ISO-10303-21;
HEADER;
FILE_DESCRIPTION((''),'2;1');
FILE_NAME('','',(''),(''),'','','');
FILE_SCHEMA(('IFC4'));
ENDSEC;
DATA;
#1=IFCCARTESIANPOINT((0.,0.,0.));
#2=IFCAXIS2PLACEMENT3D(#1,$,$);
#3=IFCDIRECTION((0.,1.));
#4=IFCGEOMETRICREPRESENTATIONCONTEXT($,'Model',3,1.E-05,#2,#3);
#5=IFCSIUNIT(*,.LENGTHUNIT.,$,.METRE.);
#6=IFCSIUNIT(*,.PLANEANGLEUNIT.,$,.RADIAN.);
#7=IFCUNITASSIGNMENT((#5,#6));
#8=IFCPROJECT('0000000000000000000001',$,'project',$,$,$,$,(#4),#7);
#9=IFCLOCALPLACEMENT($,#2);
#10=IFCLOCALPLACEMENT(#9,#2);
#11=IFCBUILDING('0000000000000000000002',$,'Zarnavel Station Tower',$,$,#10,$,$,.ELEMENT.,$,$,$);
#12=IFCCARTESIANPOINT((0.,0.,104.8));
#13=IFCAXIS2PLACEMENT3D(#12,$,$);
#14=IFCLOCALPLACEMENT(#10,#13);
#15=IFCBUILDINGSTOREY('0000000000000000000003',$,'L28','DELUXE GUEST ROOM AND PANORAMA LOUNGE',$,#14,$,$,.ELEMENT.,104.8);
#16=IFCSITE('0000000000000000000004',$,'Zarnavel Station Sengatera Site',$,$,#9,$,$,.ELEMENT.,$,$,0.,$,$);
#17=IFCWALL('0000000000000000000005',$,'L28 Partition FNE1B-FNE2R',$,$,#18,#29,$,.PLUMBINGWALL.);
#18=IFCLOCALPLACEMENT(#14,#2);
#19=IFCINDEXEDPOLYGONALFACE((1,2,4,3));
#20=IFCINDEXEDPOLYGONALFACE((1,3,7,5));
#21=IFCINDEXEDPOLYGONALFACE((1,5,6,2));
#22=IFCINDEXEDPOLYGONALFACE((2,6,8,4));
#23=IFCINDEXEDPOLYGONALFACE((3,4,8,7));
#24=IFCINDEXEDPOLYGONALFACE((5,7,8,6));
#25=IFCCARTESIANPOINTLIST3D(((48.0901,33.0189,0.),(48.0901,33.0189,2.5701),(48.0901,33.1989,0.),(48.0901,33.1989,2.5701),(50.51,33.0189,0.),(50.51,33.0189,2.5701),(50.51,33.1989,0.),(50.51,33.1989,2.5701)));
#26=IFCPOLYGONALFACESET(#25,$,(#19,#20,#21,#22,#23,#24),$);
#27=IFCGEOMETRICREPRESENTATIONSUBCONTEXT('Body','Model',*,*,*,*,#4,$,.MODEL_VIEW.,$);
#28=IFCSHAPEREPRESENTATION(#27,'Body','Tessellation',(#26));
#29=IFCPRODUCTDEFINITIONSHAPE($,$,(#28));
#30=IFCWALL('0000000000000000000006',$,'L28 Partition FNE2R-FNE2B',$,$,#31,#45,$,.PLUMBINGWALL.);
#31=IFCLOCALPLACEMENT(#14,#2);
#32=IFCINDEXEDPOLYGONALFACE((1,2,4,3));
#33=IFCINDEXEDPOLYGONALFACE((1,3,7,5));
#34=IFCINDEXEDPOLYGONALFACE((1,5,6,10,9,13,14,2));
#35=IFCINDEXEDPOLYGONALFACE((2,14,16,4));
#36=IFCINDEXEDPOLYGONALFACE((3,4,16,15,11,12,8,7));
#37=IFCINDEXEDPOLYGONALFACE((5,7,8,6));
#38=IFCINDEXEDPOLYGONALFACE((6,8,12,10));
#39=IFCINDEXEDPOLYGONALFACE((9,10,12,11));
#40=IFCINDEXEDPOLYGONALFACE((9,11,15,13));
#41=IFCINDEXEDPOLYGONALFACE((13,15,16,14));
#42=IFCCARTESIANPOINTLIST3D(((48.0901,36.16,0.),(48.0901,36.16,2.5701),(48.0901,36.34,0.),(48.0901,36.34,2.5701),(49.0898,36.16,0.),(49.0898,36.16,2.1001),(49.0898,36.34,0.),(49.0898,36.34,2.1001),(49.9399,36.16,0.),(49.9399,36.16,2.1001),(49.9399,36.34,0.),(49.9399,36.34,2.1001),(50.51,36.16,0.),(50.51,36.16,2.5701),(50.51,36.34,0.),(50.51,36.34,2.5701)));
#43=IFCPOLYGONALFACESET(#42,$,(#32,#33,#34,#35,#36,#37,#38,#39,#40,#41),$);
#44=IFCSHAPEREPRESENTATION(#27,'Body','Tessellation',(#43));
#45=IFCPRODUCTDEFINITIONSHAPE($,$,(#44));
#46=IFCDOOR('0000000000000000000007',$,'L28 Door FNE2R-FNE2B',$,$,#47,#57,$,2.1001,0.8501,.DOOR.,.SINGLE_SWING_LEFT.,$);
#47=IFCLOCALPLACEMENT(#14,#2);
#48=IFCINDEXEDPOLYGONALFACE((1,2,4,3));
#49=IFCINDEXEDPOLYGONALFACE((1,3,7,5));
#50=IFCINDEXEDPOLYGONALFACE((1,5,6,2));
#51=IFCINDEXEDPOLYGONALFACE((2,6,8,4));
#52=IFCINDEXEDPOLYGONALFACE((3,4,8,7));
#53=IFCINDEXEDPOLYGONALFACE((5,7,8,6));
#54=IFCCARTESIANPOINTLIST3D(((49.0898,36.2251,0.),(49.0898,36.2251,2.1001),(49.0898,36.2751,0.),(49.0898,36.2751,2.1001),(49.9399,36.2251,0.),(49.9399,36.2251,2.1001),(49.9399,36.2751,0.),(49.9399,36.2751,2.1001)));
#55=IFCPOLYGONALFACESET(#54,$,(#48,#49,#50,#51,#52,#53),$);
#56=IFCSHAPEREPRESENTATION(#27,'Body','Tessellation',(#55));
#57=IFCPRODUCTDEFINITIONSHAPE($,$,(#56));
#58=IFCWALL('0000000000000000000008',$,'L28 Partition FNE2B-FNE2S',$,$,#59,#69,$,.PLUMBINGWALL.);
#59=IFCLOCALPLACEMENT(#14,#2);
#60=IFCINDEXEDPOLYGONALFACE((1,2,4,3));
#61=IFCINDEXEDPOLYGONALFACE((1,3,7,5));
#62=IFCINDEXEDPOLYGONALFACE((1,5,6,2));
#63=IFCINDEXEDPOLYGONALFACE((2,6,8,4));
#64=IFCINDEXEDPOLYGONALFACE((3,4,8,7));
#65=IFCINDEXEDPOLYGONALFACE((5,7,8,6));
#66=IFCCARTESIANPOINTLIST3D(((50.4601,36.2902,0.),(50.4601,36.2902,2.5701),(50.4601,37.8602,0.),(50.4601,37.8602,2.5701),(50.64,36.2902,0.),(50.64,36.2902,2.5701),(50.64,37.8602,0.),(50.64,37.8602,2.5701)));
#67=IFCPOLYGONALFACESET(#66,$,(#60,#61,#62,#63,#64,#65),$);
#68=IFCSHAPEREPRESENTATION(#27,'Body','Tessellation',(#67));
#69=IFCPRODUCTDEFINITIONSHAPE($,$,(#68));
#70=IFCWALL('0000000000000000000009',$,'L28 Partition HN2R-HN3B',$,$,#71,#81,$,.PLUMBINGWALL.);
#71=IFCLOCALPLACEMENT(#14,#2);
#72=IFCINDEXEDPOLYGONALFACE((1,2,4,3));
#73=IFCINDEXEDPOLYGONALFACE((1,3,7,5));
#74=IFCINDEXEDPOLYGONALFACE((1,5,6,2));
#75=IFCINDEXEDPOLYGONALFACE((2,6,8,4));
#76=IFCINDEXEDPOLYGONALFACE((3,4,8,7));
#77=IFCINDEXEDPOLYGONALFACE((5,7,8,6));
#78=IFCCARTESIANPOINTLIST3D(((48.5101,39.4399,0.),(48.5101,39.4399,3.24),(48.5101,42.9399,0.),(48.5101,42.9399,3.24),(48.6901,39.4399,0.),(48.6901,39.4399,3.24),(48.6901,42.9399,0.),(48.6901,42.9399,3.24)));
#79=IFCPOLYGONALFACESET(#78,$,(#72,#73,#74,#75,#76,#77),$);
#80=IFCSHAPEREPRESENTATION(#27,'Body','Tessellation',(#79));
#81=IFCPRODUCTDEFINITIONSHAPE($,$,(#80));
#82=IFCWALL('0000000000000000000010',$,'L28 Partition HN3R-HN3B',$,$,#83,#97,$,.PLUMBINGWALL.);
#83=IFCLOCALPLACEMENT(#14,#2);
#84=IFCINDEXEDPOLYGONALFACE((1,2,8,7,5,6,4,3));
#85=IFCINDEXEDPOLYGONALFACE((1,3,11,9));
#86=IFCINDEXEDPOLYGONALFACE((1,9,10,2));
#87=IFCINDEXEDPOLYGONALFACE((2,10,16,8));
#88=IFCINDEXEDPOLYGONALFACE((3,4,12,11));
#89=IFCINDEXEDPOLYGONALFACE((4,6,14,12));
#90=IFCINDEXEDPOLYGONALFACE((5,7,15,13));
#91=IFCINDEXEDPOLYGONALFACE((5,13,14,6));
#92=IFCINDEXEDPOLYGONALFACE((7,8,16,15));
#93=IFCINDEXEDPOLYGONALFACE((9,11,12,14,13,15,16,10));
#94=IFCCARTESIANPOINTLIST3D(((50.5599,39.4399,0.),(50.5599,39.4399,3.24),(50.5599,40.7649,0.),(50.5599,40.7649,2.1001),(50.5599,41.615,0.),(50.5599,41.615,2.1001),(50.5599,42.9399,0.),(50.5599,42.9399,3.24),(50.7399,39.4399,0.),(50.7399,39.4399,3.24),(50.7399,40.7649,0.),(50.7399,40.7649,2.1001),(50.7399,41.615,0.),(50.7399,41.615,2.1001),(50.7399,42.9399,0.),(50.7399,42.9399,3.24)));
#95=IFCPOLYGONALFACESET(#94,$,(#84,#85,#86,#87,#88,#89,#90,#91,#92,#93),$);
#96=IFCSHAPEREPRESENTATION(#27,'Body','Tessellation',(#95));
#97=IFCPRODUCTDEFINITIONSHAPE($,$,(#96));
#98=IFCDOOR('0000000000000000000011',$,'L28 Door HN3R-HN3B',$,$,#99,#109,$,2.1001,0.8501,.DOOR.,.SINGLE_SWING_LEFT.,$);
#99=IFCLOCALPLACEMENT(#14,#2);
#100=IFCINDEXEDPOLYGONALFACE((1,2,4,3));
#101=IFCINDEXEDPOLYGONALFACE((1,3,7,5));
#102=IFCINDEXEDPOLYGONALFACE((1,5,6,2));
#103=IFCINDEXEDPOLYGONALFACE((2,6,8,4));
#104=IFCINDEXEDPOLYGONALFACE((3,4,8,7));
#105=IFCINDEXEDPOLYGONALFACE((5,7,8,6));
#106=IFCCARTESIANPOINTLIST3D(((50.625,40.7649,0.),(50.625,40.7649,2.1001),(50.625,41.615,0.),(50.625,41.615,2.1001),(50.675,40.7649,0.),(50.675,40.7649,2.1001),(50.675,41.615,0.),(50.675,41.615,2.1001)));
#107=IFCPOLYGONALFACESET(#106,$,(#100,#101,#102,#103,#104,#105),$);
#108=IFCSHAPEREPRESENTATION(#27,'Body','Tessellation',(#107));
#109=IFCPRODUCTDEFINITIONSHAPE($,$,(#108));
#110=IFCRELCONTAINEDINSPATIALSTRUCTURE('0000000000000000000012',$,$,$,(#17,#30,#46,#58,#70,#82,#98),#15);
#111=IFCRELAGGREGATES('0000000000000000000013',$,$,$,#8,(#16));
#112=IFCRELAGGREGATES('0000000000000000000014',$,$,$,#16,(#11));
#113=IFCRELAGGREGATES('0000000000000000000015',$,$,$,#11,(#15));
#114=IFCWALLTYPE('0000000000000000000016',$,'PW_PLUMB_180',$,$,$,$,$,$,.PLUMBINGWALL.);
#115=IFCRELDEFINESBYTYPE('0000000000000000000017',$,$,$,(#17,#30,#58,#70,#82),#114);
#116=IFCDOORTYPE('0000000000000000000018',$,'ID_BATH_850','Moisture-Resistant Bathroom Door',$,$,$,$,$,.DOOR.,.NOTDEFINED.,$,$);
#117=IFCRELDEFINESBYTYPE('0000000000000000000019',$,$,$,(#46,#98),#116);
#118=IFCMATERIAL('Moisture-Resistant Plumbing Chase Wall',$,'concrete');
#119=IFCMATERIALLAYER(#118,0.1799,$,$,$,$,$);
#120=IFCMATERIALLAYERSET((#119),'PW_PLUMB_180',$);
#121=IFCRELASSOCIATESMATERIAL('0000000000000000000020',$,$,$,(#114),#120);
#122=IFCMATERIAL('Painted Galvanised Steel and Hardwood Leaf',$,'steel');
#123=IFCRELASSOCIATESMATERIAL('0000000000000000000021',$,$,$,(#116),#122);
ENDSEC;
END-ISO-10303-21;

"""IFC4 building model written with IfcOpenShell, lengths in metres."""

from ifc_helpers import new_model, si_unit, direction, frame, frame_2d, origin, place, context, subcontext, project, spatial, rectangle, extrude, material, layer, layer_set, type_object, element, fill, save


model = new_model("IFC4")

# Units and contexts
model_context = context("Model", 3, precision=1e-05, world=origin(), true_north=direction((0.0, 1.0)))
body_context = subcontext(model_context, "Body", "Model", "MODEL_VIEW")
ifc_project = project(units=[si_unit("LENGTHUNIT", "METRE"), si_unit("PLANEANGLEUNIT", "RADIAN")], contexts=[model_context])

# Site, building, storey
site_placement = place(None, origin())
site = spatial("IfcSite", under=ifc_project, at=site_placement, Name="Zarnavel Station Sengatera Site", CompositionType="ELEMENT", RefElevation=0.0)
building_placement = place(site_placement, origin())
building = spatial("IfcBuilding", under=site, at=building_placement, Name="Zarnavel Station Tower", CompositionType="ELEMENT")
storey_placement = place(building_placement, frame((0.0, 0.0, 104.8)))
storey = spatial("IfcBuildingStorey", under=building, at=storey_placement, Name="L28", Description="DELUXE GUEST ROOM AND PANORAMA LOUNGE", CompositionType="ELEMENT", Elevation=104.8)

# Wall
ifc_material_1 = material(Name="Moisture-Resistant Plumbing Chase Wall", Category="concrete")
ifc_layer_1 = layer(ifc_material_1, 0.1799)
ifc_layer_set_1 = layer_set([ifc_layer_1], Name="PW_PLUMB_180")
wall_type_1 = type_object("IfcWallType", Name="PW_PLUMB_180", PredefinedType="PLUMBINGWALL", material=ifc_layer_set_1)
wall_1_placement = place(storey_placement, frame((48.0901, 33.1089, 0.0), z_axis=(0.0, 0.0, 1.0), x_axis=(1.0, 0.0, 0.0)))
element("IfcWall", 1, at=wall_1_placement, inside=storey, type_object=wall_type_1, Name="L28 Partition FNE1B-FNE2R", PredefinedType="PLUMBINGWALL", context=body_context, shape_type="SweptSolid", body=[
    extrude(rectangle(XDim=2.4199, YDim=0.1799, at=frame_2d((1.21, 0.0))), origin(), (0.0, 0.0, 1.0), 2.5701),
])

# Wall, opening, door
wall_2_placement = place(storey_placement, frame((50.51, 36.25, 0.0), z_axis=(0.0, 0.0, 1.0), x_axis=(-1.0, 0.0, 0.0)))
wall_2 = element("IfcWall", 2, at=wall_2_placement, inside=storey, type_object=wall_type_1, Name="L28 Partition FNE2R-FNE2B", PredefinedType="PLUMBINGWALL", context=body_context, shape_type="SweptSolid", body=[
    extrude(rectangle(XDim=2.4199, YDim=0.1799, at=frame_2d((1.21, 0.0))), origin(), (0.0, 0.0, 1.0), 2.5701),
])
opening_1_placement = place(wall_2_placement, frame((0.5701, 0.0, 0.0)))
opening_1 = element("IfcOpeningElement", 3, at=opening_1_placement, cuts=wall_2, PredefinedType="OPENING", context=body_context, shape_type="SweptSolid", body=[
    extrude(rectangle(XDim=0.8501, YDim=2.1001, at=frame_2d((0.425, 1.05))), frame((0.0, 0.0999, 0.0), z_axis=(0.0, -1.0, 0.0), x_axis=(1.0, 0.0, 0.0)), (0.0, 0.0, 1.0), 0.2),
])
ifc_material_2 = material(Name="Painted Galvanised Steel and Hardwood Leaf", Category="steel")
door_type_1 = type_object("IfcDoorType", Name="ID_BATH_850", Description="Moisture-Resistant Bathroom Door", OperationType="NOTDEFINED", PredefinedType="DOOR", material=ifc_material_2)
door_1_placement = place(opening_1_placement, origin())
door_1 = element("IfcDoor", 4, at=door_1_placement, inside=storey, type_object=door_type_1, Name="L28 Door FNE2R-FNE2B", OperationType="SINGLE_SWING_LEFT", OverallHeight=2.1001, OverallWidth=0.8501, PredefinedType="DOOR", context=body_context, shape_type="SweptSolid", body=[
    extrude(rectangle(XDim=0.8501, YDim=2.1001, at=frame_2d((0.425, 1.05))), frame((0.0, 0.0249, 0.0), z_axis=(0.0, -1.0, 0.0), x_axis=(1.0, 0.0, 0.0)), (0.0, 0.0, 1.0), 0.05),
])
fill(opening_1, door_1)

# Walls
wall_3_placement = place(storey_placement, frame((50.55, 36.29, 0.0), z_axis=(0.0, 0.0, 1.0), x_axis=(0.0, 1.0, 0.0)))
element("IfcWall", 5, at=wall_3_placement, inside=storey, type_object=wall_type_1, Name="L28 Partition FNE2B-FNE2S", PredefinedType="PLUMBINGWALL", context=body_context, shape_type="SweptSolid", body=[
    extrude(rectangle(XDim=1.5701, YDim=0.1799, at=frame_2d((0.7852, 0.0))), origin(), (0.0, 0.0, 1.0), 2.5701),
])
wall_4_placement = place(storey_placement, frame((48.6001, 39.4399, 0.0), z_axis=(0.0, 0.0, 1.0), x_axis=(0.0, 1.0, 0.0)))
element("IfcWall", 6, at=wall_4_placement, inside=storey, type_object=wall_type_1, Name="L28 Partition HN2R-HN3B", PredefinedType="PLUMBINGWALL", context=body_context, shape_type="SweptSolid", body=[
    extrude(rectangle(XDim=3.5, YDim=0.1799, at=frame_2d((1.75, 0.0))), origin(), (0.0, 0.0, 1.0), 3.24),
])

# Wall, opening, door
wall_5_placement = place(storey_placement, frame((50.6499, 39.4399, 0.0), z_axis=(0.0, 0.0, 1.0), x_axis=(0.0, 1.0, 0.0)))
wall_5 = element("IfcWall", 7, at=wall_5_placement, inside=storey, type_object=wall_type_1, Name="L28 Partition HN3R-HN3B", PredefinedType="PLUMBINGWALL", context=body_context, shape_type="SweptSolid", body=[
    extrude(rectangle(XDim=3.5, YDim=0.1799, at=frame_2d((1.75, 0.0))), origin(), (0.0, 0.0, 1.0), 3.24),
])
opening_2_placement = place(wall_5_placement, frame((1.325, 0.0, 0.0)))
opening_2 = element("IfcOpeningElement", 8, at=opening_2_placement, cuts=wall_5, PredefinedType="OPENING", context=body_context, shape_type="SweptSolid", body=[
    extrude(rectangle(XDim=0.8501, YDim=2.1001, at=frame_2d((0.425, 1.05))), frame((0.0, 0.0999, 0.0), z_axis=(0.0, -1.0, 0.0), x_axis=(1.0, 0.0, 0.0)), (0.0, 0.0, 1.0), 0.2),
])
door_2_placement = place(opening_2_placement, origin())
door_2 = element("IfcDoor", 9, at=door_2_placement, inside=storey, type_object=door_type_1, Name="L28 Door HN3R-HN3B", OperationType="SINGLE_SWING_LEFT", OverallHeight=2.1001, OverallWidth=0.8501, PredefinedType="DOOR", context=body_context, shape_type="SweptSolid", body=[
    extrude(rectangle(XDim=0.8501, YDim=2.1001, at=frame_2d((0.425, 1.05))), frame((0.0, 0.0249, 0.0), z_axis=(0.0, -1.0, 0.0), x_axis=(1.0, 0.0, 0.0)), (0.0, 0.0, 1.0), 0.05),
])
fill(opening_2, door_2)

save(model, "model.ifc")
